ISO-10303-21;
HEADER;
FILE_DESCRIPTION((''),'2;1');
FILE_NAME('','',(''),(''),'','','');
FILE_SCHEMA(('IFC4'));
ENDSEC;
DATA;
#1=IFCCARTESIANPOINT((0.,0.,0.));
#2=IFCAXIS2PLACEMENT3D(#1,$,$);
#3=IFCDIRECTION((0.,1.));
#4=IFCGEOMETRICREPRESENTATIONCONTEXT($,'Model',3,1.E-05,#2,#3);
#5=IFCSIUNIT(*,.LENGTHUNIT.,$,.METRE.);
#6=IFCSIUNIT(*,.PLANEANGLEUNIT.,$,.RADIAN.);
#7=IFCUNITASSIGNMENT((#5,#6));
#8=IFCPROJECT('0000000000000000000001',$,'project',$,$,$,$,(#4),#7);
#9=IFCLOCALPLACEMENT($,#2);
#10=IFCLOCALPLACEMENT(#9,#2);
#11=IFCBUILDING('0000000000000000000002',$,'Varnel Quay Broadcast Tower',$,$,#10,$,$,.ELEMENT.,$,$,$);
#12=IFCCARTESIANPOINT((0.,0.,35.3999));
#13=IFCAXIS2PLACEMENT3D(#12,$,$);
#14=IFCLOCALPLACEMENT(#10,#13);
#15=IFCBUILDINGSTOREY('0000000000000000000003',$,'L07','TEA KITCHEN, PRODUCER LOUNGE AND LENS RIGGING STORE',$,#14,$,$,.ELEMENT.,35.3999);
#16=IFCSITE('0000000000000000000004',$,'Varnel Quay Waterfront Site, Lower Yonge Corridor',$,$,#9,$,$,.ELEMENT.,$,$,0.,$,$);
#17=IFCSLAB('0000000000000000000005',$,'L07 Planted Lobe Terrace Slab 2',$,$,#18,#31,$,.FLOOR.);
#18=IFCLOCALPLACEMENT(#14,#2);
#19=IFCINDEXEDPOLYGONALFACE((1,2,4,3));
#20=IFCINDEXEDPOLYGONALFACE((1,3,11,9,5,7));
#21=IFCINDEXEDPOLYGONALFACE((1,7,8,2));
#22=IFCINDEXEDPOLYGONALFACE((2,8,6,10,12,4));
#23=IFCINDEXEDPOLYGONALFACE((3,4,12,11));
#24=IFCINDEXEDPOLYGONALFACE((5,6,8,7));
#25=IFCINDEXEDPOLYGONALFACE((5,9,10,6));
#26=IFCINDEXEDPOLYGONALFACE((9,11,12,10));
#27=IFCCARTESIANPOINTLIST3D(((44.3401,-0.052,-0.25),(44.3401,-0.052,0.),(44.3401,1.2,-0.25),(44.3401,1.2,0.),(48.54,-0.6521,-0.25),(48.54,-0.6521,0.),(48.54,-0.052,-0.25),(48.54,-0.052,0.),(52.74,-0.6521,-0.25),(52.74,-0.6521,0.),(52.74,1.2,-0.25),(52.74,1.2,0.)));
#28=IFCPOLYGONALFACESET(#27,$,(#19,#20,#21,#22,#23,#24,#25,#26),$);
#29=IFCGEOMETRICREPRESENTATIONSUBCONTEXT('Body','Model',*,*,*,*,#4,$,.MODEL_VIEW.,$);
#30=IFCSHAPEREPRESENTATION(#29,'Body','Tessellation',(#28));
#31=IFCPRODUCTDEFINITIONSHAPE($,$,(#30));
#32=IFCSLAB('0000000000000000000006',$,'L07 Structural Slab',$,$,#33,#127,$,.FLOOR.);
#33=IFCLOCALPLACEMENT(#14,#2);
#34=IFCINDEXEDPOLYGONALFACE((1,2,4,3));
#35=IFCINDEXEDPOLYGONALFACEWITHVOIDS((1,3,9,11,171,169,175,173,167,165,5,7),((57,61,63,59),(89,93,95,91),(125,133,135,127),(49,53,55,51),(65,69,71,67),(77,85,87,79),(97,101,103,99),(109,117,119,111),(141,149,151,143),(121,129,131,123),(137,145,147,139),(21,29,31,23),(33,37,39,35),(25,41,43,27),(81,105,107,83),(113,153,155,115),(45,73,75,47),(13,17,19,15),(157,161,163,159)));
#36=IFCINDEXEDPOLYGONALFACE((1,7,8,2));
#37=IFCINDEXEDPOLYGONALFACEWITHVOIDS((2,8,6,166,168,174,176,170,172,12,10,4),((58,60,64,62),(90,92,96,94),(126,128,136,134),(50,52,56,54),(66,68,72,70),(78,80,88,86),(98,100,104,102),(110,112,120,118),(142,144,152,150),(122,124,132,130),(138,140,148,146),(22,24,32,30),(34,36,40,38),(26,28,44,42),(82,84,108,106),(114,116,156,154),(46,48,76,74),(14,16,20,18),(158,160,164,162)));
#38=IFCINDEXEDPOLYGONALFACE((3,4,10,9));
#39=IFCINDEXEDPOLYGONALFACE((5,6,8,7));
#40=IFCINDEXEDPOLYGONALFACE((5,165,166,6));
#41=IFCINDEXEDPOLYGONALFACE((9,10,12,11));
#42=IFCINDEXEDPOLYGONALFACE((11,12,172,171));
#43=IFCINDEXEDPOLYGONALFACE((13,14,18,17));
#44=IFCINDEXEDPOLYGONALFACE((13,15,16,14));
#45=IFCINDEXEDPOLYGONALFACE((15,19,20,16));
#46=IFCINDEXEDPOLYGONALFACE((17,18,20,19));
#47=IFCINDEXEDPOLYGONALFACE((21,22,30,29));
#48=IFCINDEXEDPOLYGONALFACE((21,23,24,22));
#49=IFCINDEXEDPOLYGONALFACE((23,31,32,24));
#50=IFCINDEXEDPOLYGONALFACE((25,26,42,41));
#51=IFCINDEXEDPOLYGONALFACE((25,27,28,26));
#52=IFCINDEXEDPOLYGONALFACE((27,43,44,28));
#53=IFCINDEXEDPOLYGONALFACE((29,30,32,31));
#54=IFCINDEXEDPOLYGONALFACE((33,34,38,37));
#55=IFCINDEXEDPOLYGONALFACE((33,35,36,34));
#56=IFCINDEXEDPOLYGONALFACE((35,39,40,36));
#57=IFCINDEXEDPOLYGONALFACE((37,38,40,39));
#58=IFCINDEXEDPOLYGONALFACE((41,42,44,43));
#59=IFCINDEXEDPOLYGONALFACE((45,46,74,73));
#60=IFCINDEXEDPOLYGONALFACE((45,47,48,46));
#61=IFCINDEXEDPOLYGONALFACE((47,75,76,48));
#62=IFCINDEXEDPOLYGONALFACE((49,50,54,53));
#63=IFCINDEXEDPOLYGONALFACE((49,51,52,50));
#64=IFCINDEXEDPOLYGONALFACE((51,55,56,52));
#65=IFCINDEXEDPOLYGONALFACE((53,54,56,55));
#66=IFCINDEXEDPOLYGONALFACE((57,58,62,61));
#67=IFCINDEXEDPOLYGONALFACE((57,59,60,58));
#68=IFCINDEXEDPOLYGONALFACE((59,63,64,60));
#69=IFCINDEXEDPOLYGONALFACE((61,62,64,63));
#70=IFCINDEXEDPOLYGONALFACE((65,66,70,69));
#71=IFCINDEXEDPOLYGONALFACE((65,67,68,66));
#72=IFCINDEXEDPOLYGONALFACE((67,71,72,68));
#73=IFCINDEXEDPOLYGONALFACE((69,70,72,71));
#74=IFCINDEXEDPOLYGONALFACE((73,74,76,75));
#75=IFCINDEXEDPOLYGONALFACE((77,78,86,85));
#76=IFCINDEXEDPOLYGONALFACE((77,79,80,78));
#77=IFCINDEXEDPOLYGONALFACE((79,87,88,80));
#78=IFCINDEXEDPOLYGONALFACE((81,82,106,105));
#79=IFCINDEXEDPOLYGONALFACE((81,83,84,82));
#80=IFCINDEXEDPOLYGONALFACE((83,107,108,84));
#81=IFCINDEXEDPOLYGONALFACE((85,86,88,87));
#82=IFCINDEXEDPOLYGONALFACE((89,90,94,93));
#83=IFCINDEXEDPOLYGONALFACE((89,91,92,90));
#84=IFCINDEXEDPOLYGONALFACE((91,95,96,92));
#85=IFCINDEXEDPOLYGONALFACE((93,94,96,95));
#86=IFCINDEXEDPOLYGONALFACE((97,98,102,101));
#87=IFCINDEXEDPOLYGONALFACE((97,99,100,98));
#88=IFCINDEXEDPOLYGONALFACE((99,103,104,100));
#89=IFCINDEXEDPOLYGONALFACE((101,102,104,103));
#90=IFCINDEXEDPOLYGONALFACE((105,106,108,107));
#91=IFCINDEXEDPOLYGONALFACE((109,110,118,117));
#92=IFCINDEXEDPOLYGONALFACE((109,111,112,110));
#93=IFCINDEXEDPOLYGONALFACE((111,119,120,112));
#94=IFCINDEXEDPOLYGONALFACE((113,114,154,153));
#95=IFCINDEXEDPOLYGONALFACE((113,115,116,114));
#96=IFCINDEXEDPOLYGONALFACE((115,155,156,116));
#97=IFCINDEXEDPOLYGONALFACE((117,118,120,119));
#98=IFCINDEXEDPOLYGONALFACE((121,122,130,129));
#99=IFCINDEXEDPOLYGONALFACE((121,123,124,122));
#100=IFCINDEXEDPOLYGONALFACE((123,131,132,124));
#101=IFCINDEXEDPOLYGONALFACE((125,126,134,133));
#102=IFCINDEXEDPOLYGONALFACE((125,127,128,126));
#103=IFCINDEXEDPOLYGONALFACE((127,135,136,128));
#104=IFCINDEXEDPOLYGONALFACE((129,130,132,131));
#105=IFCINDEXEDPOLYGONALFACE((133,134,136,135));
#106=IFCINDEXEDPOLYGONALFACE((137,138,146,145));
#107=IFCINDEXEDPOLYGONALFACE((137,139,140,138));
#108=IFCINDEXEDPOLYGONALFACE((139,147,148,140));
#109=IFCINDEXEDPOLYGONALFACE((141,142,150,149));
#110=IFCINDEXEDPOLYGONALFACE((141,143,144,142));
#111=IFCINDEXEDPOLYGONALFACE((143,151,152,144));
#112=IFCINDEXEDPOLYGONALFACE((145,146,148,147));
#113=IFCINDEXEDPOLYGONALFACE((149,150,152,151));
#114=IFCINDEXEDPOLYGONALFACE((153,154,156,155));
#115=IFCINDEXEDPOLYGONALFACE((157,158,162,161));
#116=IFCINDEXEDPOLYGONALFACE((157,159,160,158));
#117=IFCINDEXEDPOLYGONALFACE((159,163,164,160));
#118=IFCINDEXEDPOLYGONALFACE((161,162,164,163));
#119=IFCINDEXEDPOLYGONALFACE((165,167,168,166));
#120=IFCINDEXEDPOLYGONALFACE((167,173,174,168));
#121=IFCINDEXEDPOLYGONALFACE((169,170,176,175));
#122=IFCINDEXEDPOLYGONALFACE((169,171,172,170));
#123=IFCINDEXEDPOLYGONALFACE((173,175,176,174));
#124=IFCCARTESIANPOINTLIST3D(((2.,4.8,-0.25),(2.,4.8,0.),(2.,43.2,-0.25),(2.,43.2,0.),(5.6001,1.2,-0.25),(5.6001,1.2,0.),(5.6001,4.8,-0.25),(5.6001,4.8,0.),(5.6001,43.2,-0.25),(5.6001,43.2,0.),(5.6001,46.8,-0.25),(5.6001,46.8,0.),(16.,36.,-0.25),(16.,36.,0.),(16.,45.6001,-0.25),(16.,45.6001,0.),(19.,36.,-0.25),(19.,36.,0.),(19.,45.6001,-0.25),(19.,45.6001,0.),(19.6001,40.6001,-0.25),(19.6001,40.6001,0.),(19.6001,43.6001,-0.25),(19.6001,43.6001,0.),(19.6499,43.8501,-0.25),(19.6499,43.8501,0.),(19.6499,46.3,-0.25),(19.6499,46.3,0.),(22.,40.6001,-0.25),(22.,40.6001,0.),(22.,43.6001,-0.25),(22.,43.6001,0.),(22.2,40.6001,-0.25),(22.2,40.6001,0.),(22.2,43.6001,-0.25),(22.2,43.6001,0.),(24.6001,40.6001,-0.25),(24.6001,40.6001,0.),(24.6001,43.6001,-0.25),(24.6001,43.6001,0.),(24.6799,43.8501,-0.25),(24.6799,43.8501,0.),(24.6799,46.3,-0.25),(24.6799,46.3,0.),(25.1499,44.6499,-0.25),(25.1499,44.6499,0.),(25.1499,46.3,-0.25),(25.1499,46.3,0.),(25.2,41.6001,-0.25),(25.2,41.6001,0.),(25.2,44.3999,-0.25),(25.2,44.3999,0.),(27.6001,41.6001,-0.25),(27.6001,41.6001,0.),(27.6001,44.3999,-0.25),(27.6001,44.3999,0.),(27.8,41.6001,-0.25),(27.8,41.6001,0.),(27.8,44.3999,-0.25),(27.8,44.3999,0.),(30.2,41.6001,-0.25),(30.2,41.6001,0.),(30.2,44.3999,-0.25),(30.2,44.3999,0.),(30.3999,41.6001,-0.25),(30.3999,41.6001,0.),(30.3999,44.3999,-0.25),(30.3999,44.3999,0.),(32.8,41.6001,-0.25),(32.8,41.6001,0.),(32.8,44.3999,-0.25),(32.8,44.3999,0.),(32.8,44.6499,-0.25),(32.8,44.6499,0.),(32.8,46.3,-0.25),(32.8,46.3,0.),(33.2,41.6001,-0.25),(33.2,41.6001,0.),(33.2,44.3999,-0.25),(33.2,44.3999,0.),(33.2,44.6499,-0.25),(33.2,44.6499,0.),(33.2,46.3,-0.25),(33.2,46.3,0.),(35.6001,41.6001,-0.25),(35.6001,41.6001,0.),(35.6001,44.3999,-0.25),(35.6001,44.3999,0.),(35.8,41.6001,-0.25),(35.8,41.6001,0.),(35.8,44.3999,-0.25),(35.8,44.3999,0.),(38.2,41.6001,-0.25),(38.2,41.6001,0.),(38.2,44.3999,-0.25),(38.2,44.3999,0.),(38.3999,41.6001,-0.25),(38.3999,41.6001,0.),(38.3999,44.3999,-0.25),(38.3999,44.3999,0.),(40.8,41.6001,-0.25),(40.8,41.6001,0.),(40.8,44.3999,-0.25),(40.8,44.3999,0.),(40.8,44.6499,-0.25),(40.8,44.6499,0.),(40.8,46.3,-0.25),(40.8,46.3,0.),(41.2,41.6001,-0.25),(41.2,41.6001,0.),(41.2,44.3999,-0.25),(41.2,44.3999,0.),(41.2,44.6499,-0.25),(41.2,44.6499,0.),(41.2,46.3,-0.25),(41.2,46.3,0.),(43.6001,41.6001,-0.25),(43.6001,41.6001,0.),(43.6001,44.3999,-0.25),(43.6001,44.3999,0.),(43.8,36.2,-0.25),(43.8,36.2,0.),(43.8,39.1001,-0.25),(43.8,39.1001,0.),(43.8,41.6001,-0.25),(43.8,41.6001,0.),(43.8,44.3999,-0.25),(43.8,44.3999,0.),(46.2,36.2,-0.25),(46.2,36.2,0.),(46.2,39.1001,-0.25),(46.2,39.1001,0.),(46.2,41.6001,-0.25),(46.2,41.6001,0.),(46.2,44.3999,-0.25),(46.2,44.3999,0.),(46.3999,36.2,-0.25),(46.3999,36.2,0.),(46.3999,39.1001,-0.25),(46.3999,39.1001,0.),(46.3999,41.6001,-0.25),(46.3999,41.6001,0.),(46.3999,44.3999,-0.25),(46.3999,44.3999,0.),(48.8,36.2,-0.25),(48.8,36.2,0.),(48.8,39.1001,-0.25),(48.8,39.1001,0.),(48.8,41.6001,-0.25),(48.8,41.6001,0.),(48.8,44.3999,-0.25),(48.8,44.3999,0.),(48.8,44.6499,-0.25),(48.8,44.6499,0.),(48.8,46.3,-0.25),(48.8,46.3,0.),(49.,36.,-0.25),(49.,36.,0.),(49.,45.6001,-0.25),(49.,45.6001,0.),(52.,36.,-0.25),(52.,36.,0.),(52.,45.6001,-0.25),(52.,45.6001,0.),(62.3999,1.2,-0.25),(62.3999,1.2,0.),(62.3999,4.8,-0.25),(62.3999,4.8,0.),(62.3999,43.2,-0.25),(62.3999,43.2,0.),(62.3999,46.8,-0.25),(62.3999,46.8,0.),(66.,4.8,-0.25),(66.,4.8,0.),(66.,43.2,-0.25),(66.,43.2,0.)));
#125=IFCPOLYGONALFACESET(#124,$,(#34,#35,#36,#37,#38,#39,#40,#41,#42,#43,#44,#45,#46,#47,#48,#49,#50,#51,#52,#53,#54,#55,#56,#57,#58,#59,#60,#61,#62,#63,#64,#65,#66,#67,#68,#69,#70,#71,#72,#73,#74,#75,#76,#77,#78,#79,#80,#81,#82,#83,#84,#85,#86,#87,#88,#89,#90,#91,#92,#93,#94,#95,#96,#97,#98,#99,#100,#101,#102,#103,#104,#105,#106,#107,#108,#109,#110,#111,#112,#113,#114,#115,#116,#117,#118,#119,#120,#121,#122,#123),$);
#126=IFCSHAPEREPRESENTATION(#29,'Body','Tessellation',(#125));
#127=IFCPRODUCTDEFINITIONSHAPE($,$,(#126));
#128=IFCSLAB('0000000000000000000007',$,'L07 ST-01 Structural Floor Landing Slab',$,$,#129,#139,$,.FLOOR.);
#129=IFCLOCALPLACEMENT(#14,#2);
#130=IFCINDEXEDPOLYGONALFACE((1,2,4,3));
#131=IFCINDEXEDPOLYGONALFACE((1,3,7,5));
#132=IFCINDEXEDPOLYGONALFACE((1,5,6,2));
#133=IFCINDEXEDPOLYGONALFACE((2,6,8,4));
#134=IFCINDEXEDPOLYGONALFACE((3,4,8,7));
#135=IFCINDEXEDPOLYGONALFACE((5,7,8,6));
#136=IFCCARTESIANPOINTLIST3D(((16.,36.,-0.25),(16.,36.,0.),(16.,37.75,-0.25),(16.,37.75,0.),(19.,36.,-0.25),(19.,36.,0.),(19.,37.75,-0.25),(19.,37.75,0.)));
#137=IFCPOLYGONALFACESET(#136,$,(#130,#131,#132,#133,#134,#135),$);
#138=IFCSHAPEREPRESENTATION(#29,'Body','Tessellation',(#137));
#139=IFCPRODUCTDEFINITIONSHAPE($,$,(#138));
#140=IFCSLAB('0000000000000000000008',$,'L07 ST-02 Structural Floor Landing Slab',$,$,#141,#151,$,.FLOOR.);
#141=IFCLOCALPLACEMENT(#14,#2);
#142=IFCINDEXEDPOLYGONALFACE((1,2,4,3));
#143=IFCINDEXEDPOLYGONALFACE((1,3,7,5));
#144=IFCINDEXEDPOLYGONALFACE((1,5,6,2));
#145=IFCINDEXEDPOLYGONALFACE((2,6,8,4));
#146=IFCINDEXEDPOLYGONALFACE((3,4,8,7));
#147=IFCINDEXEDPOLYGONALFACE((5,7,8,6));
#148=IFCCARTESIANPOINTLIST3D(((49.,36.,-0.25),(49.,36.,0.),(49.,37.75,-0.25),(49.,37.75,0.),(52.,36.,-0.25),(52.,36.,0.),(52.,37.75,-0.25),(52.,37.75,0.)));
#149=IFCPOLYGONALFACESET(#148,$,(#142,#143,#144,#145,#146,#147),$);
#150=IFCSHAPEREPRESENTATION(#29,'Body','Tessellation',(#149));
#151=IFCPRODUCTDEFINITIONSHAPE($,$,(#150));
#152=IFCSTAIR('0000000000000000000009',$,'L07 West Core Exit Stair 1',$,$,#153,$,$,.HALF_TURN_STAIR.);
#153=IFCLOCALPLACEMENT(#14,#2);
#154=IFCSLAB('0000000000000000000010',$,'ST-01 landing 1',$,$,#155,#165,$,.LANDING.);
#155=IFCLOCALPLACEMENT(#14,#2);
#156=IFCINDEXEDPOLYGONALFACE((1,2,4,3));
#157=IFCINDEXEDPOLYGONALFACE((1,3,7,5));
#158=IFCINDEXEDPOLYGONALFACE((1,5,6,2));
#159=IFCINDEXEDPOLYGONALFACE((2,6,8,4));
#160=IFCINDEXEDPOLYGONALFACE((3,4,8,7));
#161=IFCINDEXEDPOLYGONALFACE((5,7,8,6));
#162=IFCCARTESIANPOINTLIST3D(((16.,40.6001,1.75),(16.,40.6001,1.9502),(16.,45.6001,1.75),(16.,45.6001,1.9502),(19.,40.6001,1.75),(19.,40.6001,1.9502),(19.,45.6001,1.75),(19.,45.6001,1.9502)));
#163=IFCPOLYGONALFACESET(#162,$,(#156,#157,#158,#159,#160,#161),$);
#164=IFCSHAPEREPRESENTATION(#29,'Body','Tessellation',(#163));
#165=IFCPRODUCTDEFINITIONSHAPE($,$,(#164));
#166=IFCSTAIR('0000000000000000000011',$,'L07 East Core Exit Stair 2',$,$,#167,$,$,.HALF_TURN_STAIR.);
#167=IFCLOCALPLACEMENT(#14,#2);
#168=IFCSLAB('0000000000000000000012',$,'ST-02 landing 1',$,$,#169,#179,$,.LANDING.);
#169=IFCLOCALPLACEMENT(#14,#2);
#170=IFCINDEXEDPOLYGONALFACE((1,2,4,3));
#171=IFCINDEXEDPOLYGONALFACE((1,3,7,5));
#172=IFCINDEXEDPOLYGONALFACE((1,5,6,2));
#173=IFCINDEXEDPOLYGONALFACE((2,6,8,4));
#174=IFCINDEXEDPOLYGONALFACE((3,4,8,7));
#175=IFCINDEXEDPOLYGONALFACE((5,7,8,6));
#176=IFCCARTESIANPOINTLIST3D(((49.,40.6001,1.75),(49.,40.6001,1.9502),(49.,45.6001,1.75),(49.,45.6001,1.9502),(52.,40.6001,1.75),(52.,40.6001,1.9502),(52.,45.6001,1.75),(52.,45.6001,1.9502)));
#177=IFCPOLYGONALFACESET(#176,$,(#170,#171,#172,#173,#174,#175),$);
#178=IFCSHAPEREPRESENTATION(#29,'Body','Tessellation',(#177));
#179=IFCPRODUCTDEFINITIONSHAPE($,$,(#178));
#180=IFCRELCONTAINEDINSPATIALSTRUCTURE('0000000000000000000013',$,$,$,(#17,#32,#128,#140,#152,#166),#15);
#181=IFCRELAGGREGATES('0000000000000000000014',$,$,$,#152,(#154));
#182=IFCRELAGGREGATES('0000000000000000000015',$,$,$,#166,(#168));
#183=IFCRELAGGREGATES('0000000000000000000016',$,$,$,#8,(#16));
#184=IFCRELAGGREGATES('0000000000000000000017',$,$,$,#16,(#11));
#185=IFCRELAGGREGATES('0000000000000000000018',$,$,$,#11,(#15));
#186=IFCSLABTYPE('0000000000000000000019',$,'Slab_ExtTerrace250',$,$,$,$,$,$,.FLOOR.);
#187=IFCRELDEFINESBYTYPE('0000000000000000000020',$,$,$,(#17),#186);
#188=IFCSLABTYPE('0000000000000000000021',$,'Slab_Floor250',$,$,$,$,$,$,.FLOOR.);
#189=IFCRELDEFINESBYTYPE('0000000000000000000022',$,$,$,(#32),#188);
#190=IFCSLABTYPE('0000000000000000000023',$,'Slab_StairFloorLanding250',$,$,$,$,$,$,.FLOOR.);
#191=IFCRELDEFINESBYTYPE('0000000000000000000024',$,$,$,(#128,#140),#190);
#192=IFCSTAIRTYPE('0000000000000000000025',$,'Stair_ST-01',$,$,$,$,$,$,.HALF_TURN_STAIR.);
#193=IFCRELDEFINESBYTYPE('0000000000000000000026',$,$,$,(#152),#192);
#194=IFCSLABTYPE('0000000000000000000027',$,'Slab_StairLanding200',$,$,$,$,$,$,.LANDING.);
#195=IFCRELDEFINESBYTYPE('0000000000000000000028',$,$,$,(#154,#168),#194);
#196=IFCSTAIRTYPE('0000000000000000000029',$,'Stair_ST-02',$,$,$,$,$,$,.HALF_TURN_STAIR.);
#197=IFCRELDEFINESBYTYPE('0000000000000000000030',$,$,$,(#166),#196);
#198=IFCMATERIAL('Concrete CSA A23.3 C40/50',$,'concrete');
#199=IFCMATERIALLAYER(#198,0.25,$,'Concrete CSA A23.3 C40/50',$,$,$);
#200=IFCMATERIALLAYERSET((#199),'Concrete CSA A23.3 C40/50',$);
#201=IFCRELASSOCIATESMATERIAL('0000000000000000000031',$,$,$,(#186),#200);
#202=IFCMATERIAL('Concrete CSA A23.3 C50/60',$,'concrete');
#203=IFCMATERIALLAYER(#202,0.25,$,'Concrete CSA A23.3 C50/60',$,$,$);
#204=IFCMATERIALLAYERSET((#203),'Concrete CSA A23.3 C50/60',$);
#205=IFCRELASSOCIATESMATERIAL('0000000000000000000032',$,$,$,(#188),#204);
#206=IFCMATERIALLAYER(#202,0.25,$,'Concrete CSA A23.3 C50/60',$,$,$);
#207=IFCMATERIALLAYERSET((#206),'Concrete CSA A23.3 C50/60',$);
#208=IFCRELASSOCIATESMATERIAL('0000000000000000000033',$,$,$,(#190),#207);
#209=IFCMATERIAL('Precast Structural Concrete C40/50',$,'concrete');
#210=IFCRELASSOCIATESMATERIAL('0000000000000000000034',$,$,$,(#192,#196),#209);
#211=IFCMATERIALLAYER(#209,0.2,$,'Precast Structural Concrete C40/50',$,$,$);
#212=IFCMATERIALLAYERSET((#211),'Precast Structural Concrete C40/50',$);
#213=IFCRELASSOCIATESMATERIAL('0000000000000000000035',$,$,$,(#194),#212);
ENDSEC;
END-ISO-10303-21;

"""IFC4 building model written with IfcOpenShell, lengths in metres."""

from ifc_helpers import new_model, si_unit, direction, frame, origin, place, context, subcontext, project, spatial, polyline, outline, extrude, material, layer, layer_set, type_object, element, aggregate, save


model = new_model("IFC4")

# Units and contexts
model_context = context("Model", 3, precision=1e-05, world=origin(), true_north=direction((0.0, 1.0)))
body_context = subcontext(model_context, "Body", "Model", "MODEL_VIEW")
ifc_project = project(units=[si_unit("LENGTHUNIT", "METRE"), si_unit("PLANEANGLEUNIT", "RADIAN")], contexts=[model_context])

# Site, building, storey
site_placement = place(None, origin())
site = spatial("IfcSite", under=ifc_project, at=site_placement, Name="Varnel Quay Waterfront Site, Lower Yonge Corridor", CompositionType="ELEMENT", RefElevation=0.0)
building_placement = place(site_placement, origin())
building = spatial("IfcBuilding", under=site, at=building_placement, Name="Varnel Quay Broadcast Tower", CompositionType="ELEMENT")
storey_placement = place(building_placement, frame((0.0, 0.0, 35.3999)))
storey = spatial("IfcBuildingStorey", under=building, at=storey_placement, Name="L07", Description="TEA KITCHEN, PRODUCER LOUNGE AND LENS RIGGING STORE", CompositionType="ELEMENT", Elevation=35.3999)

# Slabs
ifc_material_1 = material(Name="Concrete CSA A23.3 C40/50", Category="concrete")
ifc_layer_1 = layer(ifc_material_1, 0.25, Name="Concrete CSA A23.3 C40/50")
ifc_layer_set_1 = layer_set([ifc_layer_1], Name="Concrete CSA A23.3 C40/50")
slab_type_1 = type_object("IfcSlabType", Name="Slab_ExtTerrace250", PredefinedType="FLOOR", material=ifc_layer_set_1)
slab_1_placement = place(storey_placement, frame((0.0, 0.0, -0.25)))
element("IfcSlab", 1, at=slab_1_placement, inside=storey, type_object=slab_type_1, Name="L07 Planted Lobe Terrace Slab 2", PredefinedType="FLOOR", context=body_context, shape_type="SweptSolid", body=[
    extrude(outline(polyline([(44.3401, -0.052), (48.54, -0.052), (48.54, -0.6521), (52.74, -0.6521), (52.74, 1.2), (44.3401, 1.2), (44.3401, -0.052)])), origin(), (0.0, 0.0, 1.0), 0.25),
])
ifc_material_2 = material(Name="Concrete CSA A23.3 C50/60", Category="concrete")
ifc_layer_2 = layer(ifc_material_2, 0.25, Name="Concrete CSA A23.3 C50/60")
ifc_layer_set_2 = layer_set([ifc_layer_2], Name="Concrete CSA A23.3 C50/60")
slab_type_2 = type_object("IfcSlabType", Name="Slab_Floor250", PredefinedType="FLOOR", material=ifc_layer_set_2)
slab_2_placement = place(storey_placement, frame((0.0, 0.0, -0.25)))
element("IfcSlab", 2, at=slab_2_placement, inside=storey, type_object=slab_type_2, Name="L07 Structural Slab", PredefinedType="FLOOR", context=body_context, shape_type="SweptSolid", body=[
    extrude(outline(polyline([(5.6001, 1.2), (62.3999, 1.2), (62.3999, 4.8), (66.0, 4.8), (66.0, 43.2), (62.3999, 43.2), (62.3999, 46.8), (5.6001, 46.8), (5.6001, 43.2), (2.0, 43.2), (2.0, 4.8), (5.6001, 4.8), (5.6001, 1.2)]), holes=[polyline([(16.0, 36.0), (16.0, 45.6001), (19.0, 45.6001), (19.0, 36.0), (16.0, 36.0)]), polyline([(19.6001, 43.6001), (22.0, 43.6001), (22.0, 40.6001), (19.6001, 40.6001), (19.6001, 43.6001)]), polyline([(22.2, 43.6001), (24.6001, 43.6001), (24.6001, 40.6001), (22.2, 40.6001), (22.2, 43.6001)]), polyline([(25.2, 44.3999), (27.6001, 44.3999), (27.6001, 41.6001), (25.2, 41.6001), (25.2, 44.3999)]), polyline([(27.8, 44.3999), (30.2, 44.3999), (30.2, 41.6001), (27.8, 41.6001), (27.8, 44.3999)]), polyline([(30.3999, 44.3999), (32.8, 44.3999), (32.8, 41.6001), (30.3999, 41.6001), (30.3999, 44.3999)]), polyline([(33.2, 44.3999), (35.6001, 44.3999), (35.6001, 41.6001), (33.2, 41.6001), (33.2, 44.3999)]), polyline([(38.2, 44.3999), (38.2, 41.6001), (35.8, 41.6001), (35.8, 44.3999), (38.2, 44.3999)]), polyline([(24.6799, 46.3), (24.6799, 43.8501), (19.6499, 43.8501), (19.6499, 46.3), (24.6799, 46.3)]), polyline([(25.1499, 46.3), (32.8, 46.3), (32.8, 44.6499), (25.1499, 44.6499), (25.1499, 46.3)]), polyline([(43.8, 39.1001), (46.2, 39.1001), (46.2, 36.2), (43.8, 36.2), (43.8, 39.1001)]), polyline([(46.3999, 39.1001), (48.8, 39.1001), (48.8, 36.2), (46.3999, 36.2), (46.3999, 39.1001)]), polyline([(49.0, 45.6001), (52.0, 45.6001), (52.0, 36.0), (49.0, 36.0), (49.0, 45.6001)]), polyline([(40.8, 44.3999), (40.8, 41.6001), (38.3999, 41.6001), (38.3999, 44.3999), (40.8, 44.3999)]), polyline([(41.2, 44.3999), (43.6001, 44.3999), (43.6001, 41.6001), (41.2, 41.6001), (41.2, 44.3999)]), polyline([(43.8, 44.3999), (46.2, 44.3999), (46.2, 41.6001), (43.8, 41.6001), (43.8, 44.3999)]), polyline([(46.3999, 44.3999), (48.8, 44.3999), (48.8, 41.6001), (46.3999, 41.6001), (46.3999, 44.3999)]), polyline([(40.8, 46.3), (40.8, 44.6499), (33.2, 44.6499), (33.2, 46.3), (40.8, 46.3)]), polyline([(48.8, 46.3), (48.8, 44.6499), (41.2, 44.6499), (41.2, 46.3), (48.8, 46.3)])]), origin(), (0.0, 0.0, 1.0), 0.25),
])
ifc_layer_3 = layer(ifc_material_2, 0.25, Name="Concrete CSA A23.3 C50/60")
ifc_layer_set_3 = layer_set([ifc_layer_3], Name="Concrete CSA A23.3 C50/60")
slab_type_3 = type_object("IfcSlabType", Name="Slab_StairFloorLanding250", PredefinedType="FLOOR", material=ifc_layer_set_3)
slab_3_placement = place(storey_placement, frame((0.0, 0.0, -0.25)))
element("IfcSlab", 3, at=slab_3_placement, inside=storey, type_object=slab_type_3, Name="L07 ST-01 Structural Floor Landing Slab", PredefinedType="FLOOR", context=body_context, shape_type="SweptSolid", body=[
    extrude(outline(polyline([(19.0, 36.0), (19.0, 37.75), (16.0, 37.75), (16.0, 36.0), (19.0, 36.0)])), origin(), (0.0, 0.0, 1.0), 0.25),
])
slab_4_placement = place(storey_placement, frame((0.0, 0.0, -0.25)))
element("IfcSlab", 4, at=slab_4_placement, inside=storey, type_object=slab_type_3, Name="L07 ST-02 Structural Floor Landing Slab", PredefinedType="FLOOR", context=body_context, shape_type="SweptSolid", body=[
    extrude(outline(polyline([(52.0, 36.0), (52.0, 37.75), (49.0, 37.75), (49.0, 36.0), (52.0, 36.0)])), origin(), (0.0, 0.0, 1.0), 0.25),
])

# Stairs, slabs
ifc_material_3 = material(Name="Precast Structural Concrete C40/50", Category="concrete")
stair_type_1 = type_object("IfcStairType", Name="Stair_ST-01", PredefinedType="HALF_TURN_STAIR", material=ifc_material_3)
stair_1_placement = place(storey_placement, origin())
stair_1 = element("IfcStair", 5, at=stair_1_placement, inside=storey, type_object=stair_type_1, Name="L07 West Core Exit Stair 1", PredefinedType="HALF_TURN_STAIR")
ifc_layer_4 = layer(ifc_material_3, 0.2, Name="Precast Structural Concrete C40/50")
ifc_layer_set_4 = layer_set([ifc_layer_4], Name="Precast Structural Concrete C40/50")
slab_type_4 = type_object("IfcSlabType", Name="Slab_StairLanding200", PredefinedType="LANDING", material=ifc_layer_set_4)
slab_5_placement = place(storey_placement, frame((0.0, 0.0, 1.75)))
slab_5 = element("IfcSlab", 6, at=slab_5_placement, type_object=slab_type_4, Name="ST-01 landing 1", PredefinedType="LANDING", context=body_context, shape_type="SweptSolid", body=[
    extrude(outline(polyline([(19.0, 40.6001), (19.0, 45.6001), (16.0, 45.6001), (16.0, 40.6001), (19.0, 40.6001)])), origin(), (0.0, 0.0, 1.0), 0.2002),
])
aggregate(stair_1, [slab_5])
stair_type_2 = type_object("IfcStairType", Name="Stair_ST-02", PredefinedType="HALF_TURN_STAIR", material=ifc_material_3)
stair_2_placement = place(storey_placement, origin())
stair_2 = element("IfcStair", 7, at=stair_2_placement, inside=storey, type_object=stair_type_2, Name="L07 East Core Exit Stair 2", PredefinedType="HALF_TURN_STAIR")
slab_6_placement = place(storey_placement, frame((0.0, 0.0, 1.75)))
slab_6 = element("IfcSlab", 8, at=slab_6_placement, type_object=slab_type_4, Name="ST-02 landing 1", PredefinedType="LANDING", context=body_context, shape_type="SweptSolid", body=[
    extrude(outline(polyline([(52.0, 40.6001), (52.0, 45.6001), (49.0, 45.6001), (49.0, 40.6001), (52.0, 40.6001)])), origin(), (0.0, 0.0, 1.0), 0.2002),
])
aggregate(stair_2, [slab_6])

save(model, "model.ifc")
